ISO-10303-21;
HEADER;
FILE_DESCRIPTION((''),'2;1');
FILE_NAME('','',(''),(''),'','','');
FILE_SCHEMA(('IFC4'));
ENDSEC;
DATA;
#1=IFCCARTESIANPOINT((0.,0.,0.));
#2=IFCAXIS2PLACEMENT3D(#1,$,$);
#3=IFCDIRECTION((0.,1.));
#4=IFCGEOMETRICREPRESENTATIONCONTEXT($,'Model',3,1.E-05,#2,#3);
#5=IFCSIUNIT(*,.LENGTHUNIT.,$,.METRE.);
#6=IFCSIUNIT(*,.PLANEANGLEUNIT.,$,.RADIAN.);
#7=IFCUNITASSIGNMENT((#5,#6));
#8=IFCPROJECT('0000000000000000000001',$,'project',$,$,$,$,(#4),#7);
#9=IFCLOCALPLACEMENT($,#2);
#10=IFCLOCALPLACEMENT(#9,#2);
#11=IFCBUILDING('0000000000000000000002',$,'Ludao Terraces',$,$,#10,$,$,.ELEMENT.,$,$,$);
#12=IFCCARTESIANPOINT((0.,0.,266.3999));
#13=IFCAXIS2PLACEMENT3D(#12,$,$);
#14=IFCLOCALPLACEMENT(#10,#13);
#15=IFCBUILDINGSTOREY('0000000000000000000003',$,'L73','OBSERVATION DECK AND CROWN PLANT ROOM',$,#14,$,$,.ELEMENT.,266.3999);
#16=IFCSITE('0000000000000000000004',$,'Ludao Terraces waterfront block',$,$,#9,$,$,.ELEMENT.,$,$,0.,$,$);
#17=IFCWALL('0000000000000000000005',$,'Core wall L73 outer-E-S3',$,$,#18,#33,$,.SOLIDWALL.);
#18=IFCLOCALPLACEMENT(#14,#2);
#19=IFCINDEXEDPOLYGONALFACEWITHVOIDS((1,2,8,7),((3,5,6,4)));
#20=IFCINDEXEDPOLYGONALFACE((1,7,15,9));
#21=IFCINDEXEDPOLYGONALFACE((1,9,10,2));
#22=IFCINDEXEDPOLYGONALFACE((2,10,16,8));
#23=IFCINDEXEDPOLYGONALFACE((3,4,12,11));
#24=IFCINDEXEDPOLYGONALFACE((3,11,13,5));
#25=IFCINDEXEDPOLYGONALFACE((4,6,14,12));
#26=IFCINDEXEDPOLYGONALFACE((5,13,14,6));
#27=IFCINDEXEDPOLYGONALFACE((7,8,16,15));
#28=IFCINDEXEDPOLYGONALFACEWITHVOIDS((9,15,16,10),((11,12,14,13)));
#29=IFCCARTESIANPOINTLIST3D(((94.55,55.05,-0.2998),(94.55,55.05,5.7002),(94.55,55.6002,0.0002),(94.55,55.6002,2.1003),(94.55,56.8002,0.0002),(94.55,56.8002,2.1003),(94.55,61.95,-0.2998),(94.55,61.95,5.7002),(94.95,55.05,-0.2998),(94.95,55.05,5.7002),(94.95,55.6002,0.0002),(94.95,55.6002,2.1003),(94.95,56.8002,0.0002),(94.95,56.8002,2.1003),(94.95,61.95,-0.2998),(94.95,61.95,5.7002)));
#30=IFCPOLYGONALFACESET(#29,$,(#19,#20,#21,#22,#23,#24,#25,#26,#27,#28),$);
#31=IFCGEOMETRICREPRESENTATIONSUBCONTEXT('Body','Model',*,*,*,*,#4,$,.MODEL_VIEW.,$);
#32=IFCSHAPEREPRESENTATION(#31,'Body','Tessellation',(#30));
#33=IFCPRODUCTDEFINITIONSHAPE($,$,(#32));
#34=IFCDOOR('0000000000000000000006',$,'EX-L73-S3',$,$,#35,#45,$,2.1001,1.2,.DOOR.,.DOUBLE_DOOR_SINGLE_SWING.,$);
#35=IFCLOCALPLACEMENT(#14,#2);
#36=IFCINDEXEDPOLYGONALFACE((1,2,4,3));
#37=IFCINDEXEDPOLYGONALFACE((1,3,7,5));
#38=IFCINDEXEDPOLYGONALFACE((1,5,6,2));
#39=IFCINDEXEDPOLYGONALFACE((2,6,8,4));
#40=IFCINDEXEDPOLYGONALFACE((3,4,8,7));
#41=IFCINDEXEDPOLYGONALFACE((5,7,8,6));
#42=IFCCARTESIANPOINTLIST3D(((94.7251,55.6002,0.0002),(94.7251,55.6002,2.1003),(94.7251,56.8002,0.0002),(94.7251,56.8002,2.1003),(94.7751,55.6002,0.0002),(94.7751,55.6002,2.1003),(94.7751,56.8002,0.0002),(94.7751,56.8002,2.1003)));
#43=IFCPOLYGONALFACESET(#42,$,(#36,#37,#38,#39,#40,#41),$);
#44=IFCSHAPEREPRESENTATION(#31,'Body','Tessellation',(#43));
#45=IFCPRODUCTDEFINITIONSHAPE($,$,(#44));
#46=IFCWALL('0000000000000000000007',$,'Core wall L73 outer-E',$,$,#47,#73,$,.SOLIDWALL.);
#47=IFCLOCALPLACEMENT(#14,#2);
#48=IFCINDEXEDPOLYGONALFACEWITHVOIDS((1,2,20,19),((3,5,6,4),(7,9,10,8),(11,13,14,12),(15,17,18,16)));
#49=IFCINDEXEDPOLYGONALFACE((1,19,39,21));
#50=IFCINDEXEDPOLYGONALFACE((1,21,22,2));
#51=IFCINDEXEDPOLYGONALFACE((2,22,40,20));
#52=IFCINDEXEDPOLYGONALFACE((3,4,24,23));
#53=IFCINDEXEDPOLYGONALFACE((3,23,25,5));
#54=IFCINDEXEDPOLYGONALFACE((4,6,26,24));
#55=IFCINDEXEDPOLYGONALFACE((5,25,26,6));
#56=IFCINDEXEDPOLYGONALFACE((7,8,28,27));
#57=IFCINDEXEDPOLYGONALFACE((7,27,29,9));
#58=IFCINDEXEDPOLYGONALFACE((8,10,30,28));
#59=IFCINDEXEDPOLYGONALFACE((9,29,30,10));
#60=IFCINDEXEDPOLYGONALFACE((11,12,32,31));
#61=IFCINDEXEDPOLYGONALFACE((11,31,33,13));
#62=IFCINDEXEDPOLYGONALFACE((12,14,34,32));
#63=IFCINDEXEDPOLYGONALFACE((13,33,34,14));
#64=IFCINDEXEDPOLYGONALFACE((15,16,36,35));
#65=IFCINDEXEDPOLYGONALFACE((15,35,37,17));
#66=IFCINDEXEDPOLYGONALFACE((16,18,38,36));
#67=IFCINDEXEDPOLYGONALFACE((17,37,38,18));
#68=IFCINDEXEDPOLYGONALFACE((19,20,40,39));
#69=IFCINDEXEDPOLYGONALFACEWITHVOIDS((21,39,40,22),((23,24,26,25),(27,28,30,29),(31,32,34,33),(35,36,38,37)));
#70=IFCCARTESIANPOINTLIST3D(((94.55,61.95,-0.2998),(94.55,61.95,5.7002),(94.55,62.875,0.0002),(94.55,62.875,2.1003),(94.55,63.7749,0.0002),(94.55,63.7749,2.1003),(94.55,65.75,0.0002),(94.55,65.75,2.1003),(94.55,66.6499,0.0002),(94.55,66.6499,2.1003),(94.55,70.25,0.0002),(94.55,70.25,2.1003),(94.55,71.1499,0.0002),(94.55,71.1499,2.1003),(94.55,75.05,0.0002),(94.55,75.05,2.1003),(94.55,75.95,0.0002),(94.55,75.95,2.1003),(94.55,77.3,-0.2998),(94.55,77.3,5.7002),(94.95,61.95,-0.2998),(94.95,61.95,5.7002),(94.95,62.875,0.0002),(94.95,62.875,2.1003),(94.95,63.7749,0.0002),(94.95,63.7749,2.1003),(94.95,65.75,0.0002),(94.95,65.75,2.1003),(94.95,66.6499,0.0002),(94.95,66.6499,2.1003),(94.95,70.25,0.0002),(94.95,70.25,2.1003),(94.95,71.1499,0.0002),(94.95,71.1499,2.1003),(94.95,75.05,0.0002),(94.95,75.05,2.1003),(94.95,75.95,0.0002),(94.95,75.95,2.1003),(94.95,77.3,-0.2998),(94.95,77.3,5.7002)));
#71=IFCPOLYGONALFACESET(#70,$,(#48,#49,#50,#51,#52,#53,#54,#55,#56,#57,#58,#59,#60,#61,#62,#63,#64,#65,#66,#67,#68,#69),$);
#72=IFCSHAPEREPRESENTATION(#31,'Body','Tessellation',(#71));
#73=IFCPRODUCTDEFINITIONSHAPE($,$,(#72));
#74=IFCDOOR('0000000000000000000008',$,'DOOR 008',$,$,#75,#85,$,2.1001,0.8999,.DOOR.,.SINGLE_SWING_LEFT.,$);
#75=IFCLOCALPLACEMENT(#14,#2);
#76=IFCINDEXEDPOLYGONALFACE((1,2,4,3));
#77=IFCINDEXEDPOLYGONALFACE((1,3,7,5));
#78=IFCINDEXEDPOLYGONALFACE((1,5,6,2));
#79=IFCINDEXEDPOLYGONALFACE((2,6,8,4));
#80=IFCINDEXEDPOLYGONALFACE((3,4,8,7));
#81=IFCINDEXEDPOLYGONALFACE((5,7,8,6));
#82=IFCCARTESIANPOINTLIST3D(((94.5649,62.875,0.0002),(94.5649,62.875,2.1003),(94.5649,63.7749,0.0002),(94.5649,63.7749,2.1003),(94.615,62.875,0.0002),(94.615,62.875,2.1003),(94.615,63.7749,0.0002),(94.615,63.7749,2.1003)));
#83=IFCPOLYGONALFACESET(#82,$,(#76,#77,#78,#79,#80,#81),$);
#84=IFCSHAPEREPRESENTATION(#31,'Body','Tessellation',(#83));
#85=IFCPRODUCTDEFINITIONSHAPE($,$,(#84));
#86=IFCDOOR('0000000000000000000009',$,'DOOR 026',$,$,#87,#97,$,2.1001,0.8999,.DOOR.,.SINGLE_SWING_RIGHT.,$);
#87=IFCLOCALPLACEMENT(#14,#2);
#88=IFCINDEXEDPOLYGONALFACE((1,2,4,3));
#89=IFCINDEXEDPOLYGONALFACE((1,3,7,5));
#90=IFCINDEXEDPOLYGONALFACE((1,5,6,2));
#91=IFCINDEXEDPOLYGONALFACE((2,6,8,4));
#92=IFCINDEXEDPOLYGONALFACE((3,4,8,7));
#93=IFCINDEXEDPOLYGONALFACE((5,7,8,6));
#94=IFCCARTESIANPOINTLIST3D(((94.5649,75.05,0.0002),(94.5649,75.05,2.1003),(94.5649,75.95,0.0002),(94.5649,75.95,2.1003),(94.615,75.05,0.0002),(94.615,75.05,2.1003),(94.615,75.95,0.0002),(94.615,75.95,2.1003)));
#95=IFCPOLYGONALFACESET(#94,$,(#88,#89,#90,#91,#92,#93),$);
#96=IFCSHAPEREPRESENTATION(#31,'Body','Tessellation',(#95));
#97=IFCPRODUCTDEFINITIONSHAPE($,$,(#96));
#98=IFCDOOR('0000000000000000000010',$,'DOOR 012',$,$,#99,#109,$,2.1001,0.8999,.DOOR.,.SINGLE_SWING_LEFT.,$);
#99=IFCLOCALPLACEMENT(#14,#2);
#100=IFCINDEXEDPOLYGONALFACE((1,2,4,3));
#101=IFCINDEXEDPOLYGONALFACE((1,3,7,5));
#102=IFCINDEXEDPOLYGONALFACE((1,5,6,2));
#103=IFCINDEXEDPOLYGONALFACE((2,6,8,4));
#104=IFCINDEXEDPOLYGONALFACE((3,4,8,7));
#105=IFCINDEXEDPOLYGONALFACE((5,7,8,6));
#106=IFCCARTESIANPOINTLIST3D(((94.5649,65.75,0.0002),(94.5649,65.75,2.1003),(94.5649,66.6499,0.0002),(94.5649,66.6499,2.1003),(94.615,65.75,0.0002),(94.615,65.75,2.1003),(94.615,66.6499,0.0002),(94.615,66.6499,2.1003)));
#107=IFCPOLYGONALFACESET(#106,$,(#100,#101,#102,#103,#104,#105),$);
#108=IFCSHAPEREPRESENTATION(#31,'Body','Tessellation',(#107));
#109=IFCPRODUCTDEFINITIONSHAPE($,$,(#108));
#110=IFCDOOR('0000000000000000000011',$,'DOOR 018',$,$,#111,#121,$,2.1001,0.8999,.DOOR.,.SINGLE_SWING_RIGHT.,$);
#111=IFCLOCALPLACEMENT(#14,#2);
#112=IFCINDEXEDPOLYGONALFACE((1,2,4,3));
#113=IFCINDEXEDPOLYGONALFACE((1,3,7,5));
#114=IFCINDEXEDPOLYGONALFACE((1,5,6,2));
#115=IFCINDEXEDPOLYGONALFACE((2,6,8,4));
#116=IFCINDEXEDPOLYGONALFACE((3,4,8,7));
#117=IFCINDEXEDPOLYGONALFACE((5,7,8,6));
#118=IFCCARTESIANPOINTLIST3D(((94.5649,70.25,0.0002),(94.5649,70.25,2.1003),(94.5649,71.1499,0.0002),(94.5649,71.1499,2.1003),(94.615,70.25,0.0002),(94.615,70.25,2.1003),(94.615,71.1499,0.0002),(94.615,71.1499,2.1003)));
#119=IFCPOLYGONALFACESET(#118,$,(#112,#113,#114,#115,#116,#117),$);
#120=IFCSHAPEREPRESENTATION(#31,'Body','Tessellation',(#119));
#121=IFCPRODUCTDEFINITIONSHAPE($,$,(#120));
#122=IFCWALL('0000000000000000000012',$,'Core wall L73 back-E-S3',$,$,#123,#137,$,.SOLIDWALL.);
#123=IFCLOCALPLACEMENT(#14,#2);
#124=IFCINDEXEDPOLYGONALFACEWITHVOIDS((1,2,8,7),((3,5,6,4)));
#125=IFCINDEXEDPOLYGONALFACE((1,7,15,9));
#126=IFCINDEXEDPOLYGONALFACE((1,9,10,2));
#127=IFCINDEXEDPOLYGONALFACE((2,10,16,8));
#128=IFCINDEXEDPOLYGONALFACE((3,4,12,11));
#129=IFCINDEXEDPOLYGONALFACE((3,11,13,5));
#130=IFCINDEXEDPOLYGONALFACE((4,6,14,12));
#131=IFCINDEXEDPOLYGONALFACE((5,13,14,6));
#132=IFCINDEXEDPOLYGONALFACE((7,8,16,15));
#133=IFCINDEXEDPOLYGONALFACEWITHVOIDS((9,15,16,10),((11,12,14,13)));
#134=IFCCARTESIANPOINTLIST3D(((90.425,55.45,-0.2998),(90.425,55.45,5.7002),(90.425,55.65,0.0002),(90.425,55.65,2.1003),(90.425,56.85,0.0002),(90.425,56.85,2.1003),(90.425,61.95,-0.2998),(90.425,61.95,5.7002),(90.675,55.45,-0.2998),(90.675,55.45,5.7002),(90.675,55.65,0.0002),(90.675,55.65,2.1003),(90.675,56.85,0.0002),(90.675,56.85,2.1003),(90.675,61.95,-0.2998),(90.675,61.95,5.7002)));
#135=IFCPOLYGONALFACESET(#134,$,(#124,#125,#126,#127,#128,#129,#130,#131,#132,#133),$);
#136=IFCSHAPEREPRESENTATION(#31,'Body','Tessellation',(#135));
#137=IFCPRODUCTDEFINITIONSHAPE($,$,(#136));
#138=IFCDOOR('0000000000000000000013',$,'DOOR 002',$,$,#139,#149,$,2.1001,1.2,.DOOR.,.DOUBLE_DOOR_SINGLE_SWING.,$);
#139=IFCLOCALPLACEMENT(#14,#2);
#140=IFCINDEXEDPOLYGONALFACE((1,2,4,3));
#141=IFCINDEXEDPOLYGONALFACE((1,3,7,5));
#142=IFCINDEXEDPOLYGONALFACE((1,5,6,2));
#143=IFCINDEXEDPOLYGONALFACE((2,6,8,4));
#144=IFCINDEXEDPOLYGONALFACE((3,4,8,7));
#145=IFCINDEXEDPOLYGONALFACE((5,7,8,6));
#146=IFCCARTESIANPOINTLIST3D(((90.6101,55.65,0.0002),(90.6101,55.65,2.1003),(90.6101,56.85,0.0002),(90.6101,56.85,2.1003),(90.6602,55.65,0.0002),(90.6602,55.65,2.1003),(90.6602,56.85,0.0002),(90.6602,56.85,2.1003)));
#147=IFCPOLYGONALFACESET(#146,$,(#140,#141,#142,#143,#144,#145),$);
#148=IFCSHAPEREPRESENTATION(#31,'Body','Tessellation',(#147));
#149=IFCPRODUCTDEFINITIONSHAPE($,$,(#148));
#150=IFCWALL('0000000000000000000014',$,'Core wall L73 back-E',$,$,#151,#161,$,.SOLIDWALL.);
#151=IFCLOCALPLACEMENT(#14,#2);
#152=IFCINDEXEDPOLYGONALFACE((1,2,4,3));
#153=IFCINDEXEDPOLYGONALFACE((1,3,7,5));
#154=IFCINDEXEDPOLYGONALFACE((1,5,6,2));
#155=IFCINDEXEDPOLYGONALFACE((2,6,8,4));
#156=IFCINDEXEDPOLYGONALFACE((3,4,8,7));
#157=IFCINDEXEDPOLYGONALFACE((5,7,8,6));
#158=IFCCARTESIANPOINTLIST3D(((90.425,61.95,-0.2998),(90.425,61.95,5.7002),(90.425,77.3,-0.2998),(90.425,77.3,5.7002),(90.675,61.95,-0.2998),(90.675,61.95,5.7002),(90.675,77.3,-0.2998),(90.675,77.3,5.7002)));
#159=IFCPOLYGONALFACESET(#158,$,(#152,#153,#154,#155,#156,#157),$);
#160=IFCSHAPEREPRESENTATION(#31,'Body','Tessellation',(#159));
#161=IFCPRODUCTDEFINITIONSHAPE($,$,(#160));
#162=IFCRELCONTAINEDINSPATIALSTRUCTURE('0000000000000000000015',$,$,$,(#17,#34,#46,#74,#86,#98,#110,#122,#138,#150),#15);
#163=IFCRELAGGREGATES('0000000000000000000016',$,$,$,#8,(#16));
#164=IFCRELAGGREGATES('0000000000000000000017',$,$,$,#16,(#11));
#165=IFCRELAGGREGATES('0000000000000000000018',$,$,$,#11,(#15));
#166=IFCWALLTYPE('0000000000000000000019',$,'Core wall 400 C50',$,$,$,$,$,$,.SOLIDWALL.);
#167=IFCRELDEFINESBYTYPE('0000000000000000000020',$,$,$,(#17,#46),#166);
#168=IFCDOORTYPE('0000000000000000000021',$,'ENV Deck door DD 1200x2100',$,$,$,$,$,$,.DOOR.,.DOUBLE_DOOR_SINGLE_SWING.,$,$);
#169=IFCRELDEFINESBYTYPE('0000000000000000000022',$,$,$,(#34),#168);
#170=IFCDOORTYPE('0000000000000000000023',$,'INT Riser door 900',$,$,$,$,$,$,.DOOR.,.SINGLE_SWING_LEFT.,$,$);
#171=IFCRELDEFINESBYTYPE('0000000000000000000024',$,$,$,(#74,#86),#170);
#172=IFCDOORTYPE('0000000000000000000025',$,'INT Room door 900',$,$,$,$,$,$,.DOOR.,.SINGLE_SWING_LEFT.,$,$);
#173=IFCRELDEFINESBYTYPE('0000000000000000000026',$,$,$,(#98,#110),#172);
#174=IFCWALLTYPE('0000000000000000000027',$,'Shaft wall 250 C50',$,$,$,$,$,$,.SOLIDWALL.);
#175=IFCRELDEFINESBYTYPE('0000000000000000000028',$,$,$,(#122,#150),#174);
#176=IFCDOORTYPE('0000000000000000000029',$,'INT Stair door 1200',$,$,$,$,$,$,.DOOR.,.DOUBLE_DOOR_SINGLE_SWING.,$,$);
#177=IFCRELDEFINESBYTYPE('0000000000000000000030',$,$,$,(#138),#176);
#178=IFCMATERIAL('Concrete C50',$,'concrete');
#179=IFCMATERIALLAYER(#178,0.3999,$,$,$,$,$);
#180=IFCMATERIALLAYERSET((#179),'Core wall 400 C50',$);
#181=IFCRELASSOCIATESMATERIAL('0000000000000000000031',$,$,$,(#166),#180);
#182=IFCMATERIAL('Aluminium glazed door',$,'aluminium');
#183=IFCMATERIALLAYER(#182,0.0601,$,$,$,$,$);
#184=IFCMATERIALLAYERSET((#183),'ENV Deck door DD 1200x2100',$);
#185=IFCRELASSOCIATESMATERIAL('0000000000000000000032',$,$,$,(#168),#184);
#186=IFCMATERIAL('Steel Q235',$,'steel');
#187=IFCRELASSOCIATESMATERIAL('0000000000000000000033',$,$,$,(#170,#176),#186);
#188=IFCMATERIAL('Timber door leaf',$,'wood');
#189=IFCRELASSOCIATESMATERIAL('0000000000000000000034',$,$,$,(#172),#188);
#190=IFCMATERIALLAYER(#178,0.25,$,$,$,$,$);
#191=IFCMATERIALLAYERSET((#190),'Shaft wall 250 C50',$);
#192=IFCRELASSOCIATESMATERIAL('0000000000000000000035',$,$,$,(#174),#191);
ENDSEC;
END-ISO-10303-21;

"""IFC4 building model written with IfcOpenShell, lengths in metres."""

from ifc_helpers import new_model, si_unit, direction, frame, frame_2d, origin, place, context, subcontext, project, spatial, rectangle, extrude, material, layer, layer_set, type_object, element, fill, save


model = new_model("IFC4")

# Units and contexts
model_context = context("Model", 3, precision=1e-05, world=origin(), true_north=direction((0.0, 1.0)))
body_context = subcontext(model_context, "Body", "Model", "MODEL_VIEW")
ifc_project = project(units=[si_unit("LENGTHUNIT", "METRE"), si_unit("PLANEANGLEUNIT", "RADIAN")], contexts=[model_context])

# Site, building, storey
site_placement = place(None, origin())
site = spatial("IfcSite", under=ifc_project, at=site_placement, Name="Ludao Terraces waterfront block", CompositionType="ELEMENT", RefElevation=0.0)
building_placement = place(site_placement, origin())
building = spatial("IfcBuilding", under=site, at=building_placement, Name="Ludao Terraces", CompositionType="ELEMENT")
storey_placement = place(building_placement, frame((0.0, 0.0, 266.3999)))
storey = spatial("IfcBuildingStorey", under=building, at=storey_placement, Name="L73", Description="OBSERVATION DECK AND CROWN PLANT ROOM", CompositionType="ELEMENT", Elevation=266.3999)

# Wall, opening, door
ifc_material_1 = material(Name="Concrete C50", Category="concrete")
ifc_layer_1 = layer(ifc_material_1, 0.3999)
ifc_layer_set_1 = layer_set([ifc_layer_1], Name="Core wall 400 C50")
wall_type_1 = type_object("IfcWallType", Name="Core wall 400 C50", PredefinedType="SOLIDWALL", material=ifc_layer_set_1)
wall_1_placement = place(storey_placement, frame((94.75, 55.05, -0.2998), z_axis=(0.0, 0.0, 1.0), x_axis=(0.0, 1.0, 0.0)))
wall_1 = element("IfcWall", 1, at=wall_1_placement, inside=storey, type_object=wall_type_1, Name="Core wall L73 outer-E-S3", PredefinedType="SOLIDWALL", context=body_context, shape_type="SweptSolid", body=[
    extrude(rectangle(XDim=6.8999, YDim=0.3999, at=frame_2d((3.45, 0.0))), origin(), (0.0, 0.0, 1.0), 6.0),
])
opening_1_placement = place(wall_1_placement, frame((0.55, 0.0, 0.3)))
opening_1 = element("IfcOpeningElement", 2, at=opening_1_placement, cuts=wall_1, PredefinedType="OPENING", context=body_context, shape_type="SweptSolid", body=[
    extrude(rectangle(XDim=1.2, YDim=2.1001, at=frame_2d((0.6001, 1.05))), frame((0.0, 0.21, 0.0), z_axis=(0.0, -1.0, 0.0), x_axis=(1.0, 0.0, 0.0)), (0.0, 0.0, 1.0), 0.4199),
])
ifc_material_2 = material(Name="Aluminium glazed door", Category="aluminium")
ifc_layer_2 = layer(ifc_material_2, 0.0601)
ifc_layer_set_2 = layer_set([ifc_layer_2], Name="ENV Deck door DD 1200x2100")
door_type_1 = type_object("IfcDoorType", Name="ENV Deck door DD 1200x2100", OperationType="DOUBLE_DOOR_SINGLE_SWING", PredefinedType="DOOR", material=ifc_layer_set_2)
door_1_placement = place(opening_1_placement, origin())
door_1 = element("IfcDoor", 3, at=door_1_placement, inside=storey, type_object=door_type_1, Name="EX-L73-S3", OperationType="DOUBLE_DOOR_SINGLE_SWING", OverallHeight=2.1001, OverallWidth=1.2, PredefinedType="DOOR", context=body_context, shape_type="SweptSolid", body=[
    extrude(rectangle(XDim=1.2, YDim=2.1001, at=frame_2d((0.6001, 1.05))), frame((0.0, 0.0249, 0.0), z_axis=(0.0, -1.0, 0.0), x_axis=(1.0, 0.0, 0.0)), (0.0, 0.0, 1.0), 0.05),
])
fill(opening_1, door_1)

# Wall, openings, doors
wall_2_placement = place(storey_placement, frame((94.75, 61.95, -0.2998), z_axis=(0.0, 0.0, 1.0), x_axis=(0.0, 1.0, 0.0)))
wall_2 = element("IfcWall", 4, at=wall_2_placement, inside=storey, type_object=wall_type_1, Name="Core wall L73 outer-E", PredefinedType="SOLIDWALL", context=body_context, shape_type="SweptSolid", body=[
    extrude(rectangle(XDim=15.3501, YDim=0.3999, at=frame_2d((7.675, 0.0))), origin(), (0.0, 0.0, 1.0), 6.0),
])
opening_2_placement = place(wall_2_placement, frame((0.925, 0.0, 0.3)))
opening_2 = element("IfcOpeningElement", 5, at=opening_2_placement, cuts=wall_2, PredefinedType="OPENING", context=body_context, shape_type="SweptSolid", body=[
    extrude(rectangle(XDim=0.8999, YDim=2.1001, at=frame_2d((0.45, 1.05))), frame((0.0, 0.21, 0.0), z_axis=(0.0, -1.0, 0.0), x_axis=(1.0, 0.0, 0.0)), (0.0, 0.0, 1.0), 0.4199),
])
opening_3_placement = place(wall_2_placement, frame((3.8, 0.0, 0.3)))
opening_3 = element("IfcOpeningElement", 6, at=opening_3_placement, cuts=wall_2, PredefinedType="OPENING", context=body_context, shape_type="SweptSolid", body=[
    extrude(rectangle(XDim=0.8999, YDim=2.1001, at=frame_2d((0.45, 1.05))), frame((0.0, 0.21, 0.0), z_axis=(0.0, -1.0, 0.0), x_axis=(1.0, 0.0, 0.0)), (0.0, 0.0, 1.0), 0.4199),
])
opening_4_placement = place(wall_2_placement, frame((8.3, 0.0, 0.3)))
opening_4 = element("IfcOpeningElement", 7, at=opening_4_placement, cuts=wall_2, PredefinedType="OPENING", context=body_context, shape_type="SweptSolid", body=[
    extrude(rectangle(XDim=0.8999, YDim=2.1001, at=frame_2d((0.45, 1.05))), frame((0.0, 0.21, 0.0), z_axis=(0.0, -1.0, 0.0), x_axis=(1.0, 0.0, 0.0)), (0.0, 0.0, 1.0), 0.4199),
])
opening_5_placement = place(wall_2_placement, frame((13.1001, 0.0, 0.3)))
opening_5 = element("IfcOpeningElement", 8, at=opening_5_placement, cuts=wall_2, PredefinedType="OPENING", context=body_context, shape_type="SweptSolid", body=[
    extrude(rectangle(XDim=0.8999, YDim=2.1001, at=frame_2d((0.45, 1.05))), frame((0.0, 0.21, 0.0), z_axis=(0.0, -1.0, 0.0), x_axis=(1.0, 0.0, 0.0)), (0.0, 0.0, 1.0), 0.4199),
])
ifc_material_3 = material(Name="Steel Q235", Category="steel")
door_type_2 = type_object("IfcDoorType", Name="INT Riser door 900", OperationType="SINGLE_SWING_LEFT", PredefinedType="DOOR", material=ifc_material_3)
door_2_placement = place(opening_2_placement, origin())
door_2 = element("IfcDoor", 9, at=door_2_placement, inside=storey, type_object=door_type_2, Name="DOOR 008", OperationType="SINGLE_SWING_LEFT", OverallHeight=2.1001, OverallWidth=0.8999, PredefinedType="DOOR", context=body_context, shape_type="SweptSolid", body=[
    extrude(rectangle(XDim=0.8999, YDim=2.1001, at=frame_2d((0.45, 1.05))), frame((0.0, 0.1851, 0.0), z_axis=(0.0, -1.0, 0.0), x_axis=(1.0, 0.0, 0.0)), (0.0, 0.0, 1.0), 0.05),
])
fill(opening_2, door_2)
door_3_placement = place(opening_5_placement, origin())
door_3 = element("IfcDoor", 10, at=door_3_placement, inside=storey, type_object=door_type_2, Name="DOOR 026", OperationType="SINGLE_SWING_RIGHT", OverallHeight=2.1001, OverallWidth=0.8999, PredefinedType="DOOR", context=body_context, shape_type="SweptSolid", body=[
    extrude(rectangle(XDim=0.8999, YDim=2.1001, at=frame_2d((0.45, 1.05))), frame((0.0, 0.1851, 0.0), z_axis=(0.0, -1.0, 0.0), x_axis=(1.0, 0.0, 0.0)), (0.0, 0.0, 1.0), 0.05),
])
fill(opening_5, door_3)
ifc_material_4 = material(Name="Timber door leaf", Category="wood")
door_type_3 = type_object("IfcDoorType", Name="INT Room door 900", OperationType="SINGLE_SWING_LEFT", PredefinedType="DOOR", material=ifc_material_4)
door_4_placement = place(opening_3_placement, origin())
door_4 = element("IfcDoor", 11, at=door_4_placement, inside=storey, type_object=door_type_3, Name="DOOR 012", OperationType="SINGLE_SWING_LEFT", OverallHeight=2.1001, OverallWidth=0.8999, PredefinedType="DOOR", context=body_context, shape_type="SweptSolid", body=[
    extrude(rectangle(XDim=0.8999, YDim=2.1001, at=frame_2d((0.45, 1.05))), frame((0.0, 0.1851, 0.0), z_axis=(0.0, -1.0, 0.0), x_axis=(1.0, 0.0, 0.0)), (0.0, 0.0, 1.0), 0.05),
])
fill(opening_3, door_4)
door_5_placement = place(opening_4_placement, origin())
door_5 = element("IfcDoor", 12, at=door_5_placement, inside=storey, type_object=door_type_3, Name="DOOR 018", OperationType="SINGLE_SWING_RIGHT", OverallHeight=2.1001, OverallWidth=0.8999, PredefinedType="DOOR", context=body_context, shape_type="SweptSolid", body=[
    extrude(rectangle(XDim=0.8999, YDim=2.1001, at=frame_2d((0.45, 1.05))), frame((0.0, 0.1851, 0.0), z_axis=(0.0, -1.0, 0.0), x_axis=(1.0, 0.0, 0.0)), (0.0, 0.0, 1.0), 0.05),
])
fill(opening_4, door_5)

# Wall, opening, door
ifc_layer_3 = layer(ifc_material_1, 0.25)
ifc_layer_set_3 = layer_set([ifc_layer_3], Name="Shaft wall 250 C50")
wall_type_2 = type_object("IfcWallType", Name="Shaft wall 250 C50", PredefinedType="SOLIDWALL", material=ifc_layer_set_3)
wall_3_placement = place(storey_placement, frame((90.55, 55.45, -0.2998), z_axis=(0.0, 0.0, 1.0), x_axis=(0.0, 1.0, 0.0)))
wall_3 = element("IfcWall", 13, at=wall_3_placement, inside=storey, type_object=wall_type_2, Name="Core wall L73 back-E-S3", PredefinedType="SOLIDWALL", context=body_context, shape_type="SweptSolid", body=[
    extrude(rectangle(XDim=6.5, YDim=0.25, at=frame_2d((3.25, 0.0))), origin(), (0.0, 0.0, 1.0), 6.0),
])
opening_6_placement = place(wall_3_placement, frame((0.2, 0.0, 0.3)))
opening_6 = element("IfcOpeningElement", 14, at=opening_6_placement, cuts=wall_3, PredefinedType="OPENING", context=body_context, shape_type="SweptSolid", body=[
    extrude(rectangle(XDim=1.2, YDim=2.1001, at=frame_2d((0.6001, 1.05))), frame((0.0, 0.135, 0.0), z_axis=(0.0, -1.0, 0.0), x_axis=(1.0, 0.0, 0.0)), (0.0, 0.0, 1.0), 0.27),
])
door_type_4 = type_object("IfcDoorType", Name="INT Stair door 1200", OperationType="DOUBLE_DOOR_SINGLE_SWING", PredefinedType="DOOR", material=ifc_material_3)
door_6_placement = place(opening_6_placement, origin())
door_6 = element("IfcDoor", 15, at=door_6_placement, inside=storey, type_object=door_type_4, Name="DOOR 002", OperationType="DOUBLE_DOOR_SINGLE_SWING", OverallHeight=2.1001, OverallWidth=1.2, PredefinedType="DOOR", context=body_context, shape_type="SweptSolid", body=[
    extrude(rectangle(XDim=1.2, YDim=2.1001, at=frame_2d((0.6001, 1.05))), frame((0.0, -0.0601, 0.0), z_axis=(0.0, -1.0, 0.0), x_axis=(1.0, 0.0, 0.0)), (0.0, 0.0, 1.0), 0.05),
])
fill(opening_6, door_6)

# Wall
wall_4_placement = place(storey_placement, frame((90.55, 61.95, -0.2998), z_axis=(0.0, 0.0, 1.0), x_axis=(0.0, 1.0, 0.0)))
element("IfcWall", 16, at=wall_4_placement, inside=storey, type_object=wall_type_2, Name="Core wall L73 back-E", PredefinedType="SOLIDWALL", context=body_context, shape_type="SweptSolid", body=[
    extrude(rectangle(XDim=15.3501, YDim=0.25, at=frame_2d((7.675, 0.0))), origin(), (0.0, 0.0, 1.0), 6.0),
])

save(model, "model.ifc")
